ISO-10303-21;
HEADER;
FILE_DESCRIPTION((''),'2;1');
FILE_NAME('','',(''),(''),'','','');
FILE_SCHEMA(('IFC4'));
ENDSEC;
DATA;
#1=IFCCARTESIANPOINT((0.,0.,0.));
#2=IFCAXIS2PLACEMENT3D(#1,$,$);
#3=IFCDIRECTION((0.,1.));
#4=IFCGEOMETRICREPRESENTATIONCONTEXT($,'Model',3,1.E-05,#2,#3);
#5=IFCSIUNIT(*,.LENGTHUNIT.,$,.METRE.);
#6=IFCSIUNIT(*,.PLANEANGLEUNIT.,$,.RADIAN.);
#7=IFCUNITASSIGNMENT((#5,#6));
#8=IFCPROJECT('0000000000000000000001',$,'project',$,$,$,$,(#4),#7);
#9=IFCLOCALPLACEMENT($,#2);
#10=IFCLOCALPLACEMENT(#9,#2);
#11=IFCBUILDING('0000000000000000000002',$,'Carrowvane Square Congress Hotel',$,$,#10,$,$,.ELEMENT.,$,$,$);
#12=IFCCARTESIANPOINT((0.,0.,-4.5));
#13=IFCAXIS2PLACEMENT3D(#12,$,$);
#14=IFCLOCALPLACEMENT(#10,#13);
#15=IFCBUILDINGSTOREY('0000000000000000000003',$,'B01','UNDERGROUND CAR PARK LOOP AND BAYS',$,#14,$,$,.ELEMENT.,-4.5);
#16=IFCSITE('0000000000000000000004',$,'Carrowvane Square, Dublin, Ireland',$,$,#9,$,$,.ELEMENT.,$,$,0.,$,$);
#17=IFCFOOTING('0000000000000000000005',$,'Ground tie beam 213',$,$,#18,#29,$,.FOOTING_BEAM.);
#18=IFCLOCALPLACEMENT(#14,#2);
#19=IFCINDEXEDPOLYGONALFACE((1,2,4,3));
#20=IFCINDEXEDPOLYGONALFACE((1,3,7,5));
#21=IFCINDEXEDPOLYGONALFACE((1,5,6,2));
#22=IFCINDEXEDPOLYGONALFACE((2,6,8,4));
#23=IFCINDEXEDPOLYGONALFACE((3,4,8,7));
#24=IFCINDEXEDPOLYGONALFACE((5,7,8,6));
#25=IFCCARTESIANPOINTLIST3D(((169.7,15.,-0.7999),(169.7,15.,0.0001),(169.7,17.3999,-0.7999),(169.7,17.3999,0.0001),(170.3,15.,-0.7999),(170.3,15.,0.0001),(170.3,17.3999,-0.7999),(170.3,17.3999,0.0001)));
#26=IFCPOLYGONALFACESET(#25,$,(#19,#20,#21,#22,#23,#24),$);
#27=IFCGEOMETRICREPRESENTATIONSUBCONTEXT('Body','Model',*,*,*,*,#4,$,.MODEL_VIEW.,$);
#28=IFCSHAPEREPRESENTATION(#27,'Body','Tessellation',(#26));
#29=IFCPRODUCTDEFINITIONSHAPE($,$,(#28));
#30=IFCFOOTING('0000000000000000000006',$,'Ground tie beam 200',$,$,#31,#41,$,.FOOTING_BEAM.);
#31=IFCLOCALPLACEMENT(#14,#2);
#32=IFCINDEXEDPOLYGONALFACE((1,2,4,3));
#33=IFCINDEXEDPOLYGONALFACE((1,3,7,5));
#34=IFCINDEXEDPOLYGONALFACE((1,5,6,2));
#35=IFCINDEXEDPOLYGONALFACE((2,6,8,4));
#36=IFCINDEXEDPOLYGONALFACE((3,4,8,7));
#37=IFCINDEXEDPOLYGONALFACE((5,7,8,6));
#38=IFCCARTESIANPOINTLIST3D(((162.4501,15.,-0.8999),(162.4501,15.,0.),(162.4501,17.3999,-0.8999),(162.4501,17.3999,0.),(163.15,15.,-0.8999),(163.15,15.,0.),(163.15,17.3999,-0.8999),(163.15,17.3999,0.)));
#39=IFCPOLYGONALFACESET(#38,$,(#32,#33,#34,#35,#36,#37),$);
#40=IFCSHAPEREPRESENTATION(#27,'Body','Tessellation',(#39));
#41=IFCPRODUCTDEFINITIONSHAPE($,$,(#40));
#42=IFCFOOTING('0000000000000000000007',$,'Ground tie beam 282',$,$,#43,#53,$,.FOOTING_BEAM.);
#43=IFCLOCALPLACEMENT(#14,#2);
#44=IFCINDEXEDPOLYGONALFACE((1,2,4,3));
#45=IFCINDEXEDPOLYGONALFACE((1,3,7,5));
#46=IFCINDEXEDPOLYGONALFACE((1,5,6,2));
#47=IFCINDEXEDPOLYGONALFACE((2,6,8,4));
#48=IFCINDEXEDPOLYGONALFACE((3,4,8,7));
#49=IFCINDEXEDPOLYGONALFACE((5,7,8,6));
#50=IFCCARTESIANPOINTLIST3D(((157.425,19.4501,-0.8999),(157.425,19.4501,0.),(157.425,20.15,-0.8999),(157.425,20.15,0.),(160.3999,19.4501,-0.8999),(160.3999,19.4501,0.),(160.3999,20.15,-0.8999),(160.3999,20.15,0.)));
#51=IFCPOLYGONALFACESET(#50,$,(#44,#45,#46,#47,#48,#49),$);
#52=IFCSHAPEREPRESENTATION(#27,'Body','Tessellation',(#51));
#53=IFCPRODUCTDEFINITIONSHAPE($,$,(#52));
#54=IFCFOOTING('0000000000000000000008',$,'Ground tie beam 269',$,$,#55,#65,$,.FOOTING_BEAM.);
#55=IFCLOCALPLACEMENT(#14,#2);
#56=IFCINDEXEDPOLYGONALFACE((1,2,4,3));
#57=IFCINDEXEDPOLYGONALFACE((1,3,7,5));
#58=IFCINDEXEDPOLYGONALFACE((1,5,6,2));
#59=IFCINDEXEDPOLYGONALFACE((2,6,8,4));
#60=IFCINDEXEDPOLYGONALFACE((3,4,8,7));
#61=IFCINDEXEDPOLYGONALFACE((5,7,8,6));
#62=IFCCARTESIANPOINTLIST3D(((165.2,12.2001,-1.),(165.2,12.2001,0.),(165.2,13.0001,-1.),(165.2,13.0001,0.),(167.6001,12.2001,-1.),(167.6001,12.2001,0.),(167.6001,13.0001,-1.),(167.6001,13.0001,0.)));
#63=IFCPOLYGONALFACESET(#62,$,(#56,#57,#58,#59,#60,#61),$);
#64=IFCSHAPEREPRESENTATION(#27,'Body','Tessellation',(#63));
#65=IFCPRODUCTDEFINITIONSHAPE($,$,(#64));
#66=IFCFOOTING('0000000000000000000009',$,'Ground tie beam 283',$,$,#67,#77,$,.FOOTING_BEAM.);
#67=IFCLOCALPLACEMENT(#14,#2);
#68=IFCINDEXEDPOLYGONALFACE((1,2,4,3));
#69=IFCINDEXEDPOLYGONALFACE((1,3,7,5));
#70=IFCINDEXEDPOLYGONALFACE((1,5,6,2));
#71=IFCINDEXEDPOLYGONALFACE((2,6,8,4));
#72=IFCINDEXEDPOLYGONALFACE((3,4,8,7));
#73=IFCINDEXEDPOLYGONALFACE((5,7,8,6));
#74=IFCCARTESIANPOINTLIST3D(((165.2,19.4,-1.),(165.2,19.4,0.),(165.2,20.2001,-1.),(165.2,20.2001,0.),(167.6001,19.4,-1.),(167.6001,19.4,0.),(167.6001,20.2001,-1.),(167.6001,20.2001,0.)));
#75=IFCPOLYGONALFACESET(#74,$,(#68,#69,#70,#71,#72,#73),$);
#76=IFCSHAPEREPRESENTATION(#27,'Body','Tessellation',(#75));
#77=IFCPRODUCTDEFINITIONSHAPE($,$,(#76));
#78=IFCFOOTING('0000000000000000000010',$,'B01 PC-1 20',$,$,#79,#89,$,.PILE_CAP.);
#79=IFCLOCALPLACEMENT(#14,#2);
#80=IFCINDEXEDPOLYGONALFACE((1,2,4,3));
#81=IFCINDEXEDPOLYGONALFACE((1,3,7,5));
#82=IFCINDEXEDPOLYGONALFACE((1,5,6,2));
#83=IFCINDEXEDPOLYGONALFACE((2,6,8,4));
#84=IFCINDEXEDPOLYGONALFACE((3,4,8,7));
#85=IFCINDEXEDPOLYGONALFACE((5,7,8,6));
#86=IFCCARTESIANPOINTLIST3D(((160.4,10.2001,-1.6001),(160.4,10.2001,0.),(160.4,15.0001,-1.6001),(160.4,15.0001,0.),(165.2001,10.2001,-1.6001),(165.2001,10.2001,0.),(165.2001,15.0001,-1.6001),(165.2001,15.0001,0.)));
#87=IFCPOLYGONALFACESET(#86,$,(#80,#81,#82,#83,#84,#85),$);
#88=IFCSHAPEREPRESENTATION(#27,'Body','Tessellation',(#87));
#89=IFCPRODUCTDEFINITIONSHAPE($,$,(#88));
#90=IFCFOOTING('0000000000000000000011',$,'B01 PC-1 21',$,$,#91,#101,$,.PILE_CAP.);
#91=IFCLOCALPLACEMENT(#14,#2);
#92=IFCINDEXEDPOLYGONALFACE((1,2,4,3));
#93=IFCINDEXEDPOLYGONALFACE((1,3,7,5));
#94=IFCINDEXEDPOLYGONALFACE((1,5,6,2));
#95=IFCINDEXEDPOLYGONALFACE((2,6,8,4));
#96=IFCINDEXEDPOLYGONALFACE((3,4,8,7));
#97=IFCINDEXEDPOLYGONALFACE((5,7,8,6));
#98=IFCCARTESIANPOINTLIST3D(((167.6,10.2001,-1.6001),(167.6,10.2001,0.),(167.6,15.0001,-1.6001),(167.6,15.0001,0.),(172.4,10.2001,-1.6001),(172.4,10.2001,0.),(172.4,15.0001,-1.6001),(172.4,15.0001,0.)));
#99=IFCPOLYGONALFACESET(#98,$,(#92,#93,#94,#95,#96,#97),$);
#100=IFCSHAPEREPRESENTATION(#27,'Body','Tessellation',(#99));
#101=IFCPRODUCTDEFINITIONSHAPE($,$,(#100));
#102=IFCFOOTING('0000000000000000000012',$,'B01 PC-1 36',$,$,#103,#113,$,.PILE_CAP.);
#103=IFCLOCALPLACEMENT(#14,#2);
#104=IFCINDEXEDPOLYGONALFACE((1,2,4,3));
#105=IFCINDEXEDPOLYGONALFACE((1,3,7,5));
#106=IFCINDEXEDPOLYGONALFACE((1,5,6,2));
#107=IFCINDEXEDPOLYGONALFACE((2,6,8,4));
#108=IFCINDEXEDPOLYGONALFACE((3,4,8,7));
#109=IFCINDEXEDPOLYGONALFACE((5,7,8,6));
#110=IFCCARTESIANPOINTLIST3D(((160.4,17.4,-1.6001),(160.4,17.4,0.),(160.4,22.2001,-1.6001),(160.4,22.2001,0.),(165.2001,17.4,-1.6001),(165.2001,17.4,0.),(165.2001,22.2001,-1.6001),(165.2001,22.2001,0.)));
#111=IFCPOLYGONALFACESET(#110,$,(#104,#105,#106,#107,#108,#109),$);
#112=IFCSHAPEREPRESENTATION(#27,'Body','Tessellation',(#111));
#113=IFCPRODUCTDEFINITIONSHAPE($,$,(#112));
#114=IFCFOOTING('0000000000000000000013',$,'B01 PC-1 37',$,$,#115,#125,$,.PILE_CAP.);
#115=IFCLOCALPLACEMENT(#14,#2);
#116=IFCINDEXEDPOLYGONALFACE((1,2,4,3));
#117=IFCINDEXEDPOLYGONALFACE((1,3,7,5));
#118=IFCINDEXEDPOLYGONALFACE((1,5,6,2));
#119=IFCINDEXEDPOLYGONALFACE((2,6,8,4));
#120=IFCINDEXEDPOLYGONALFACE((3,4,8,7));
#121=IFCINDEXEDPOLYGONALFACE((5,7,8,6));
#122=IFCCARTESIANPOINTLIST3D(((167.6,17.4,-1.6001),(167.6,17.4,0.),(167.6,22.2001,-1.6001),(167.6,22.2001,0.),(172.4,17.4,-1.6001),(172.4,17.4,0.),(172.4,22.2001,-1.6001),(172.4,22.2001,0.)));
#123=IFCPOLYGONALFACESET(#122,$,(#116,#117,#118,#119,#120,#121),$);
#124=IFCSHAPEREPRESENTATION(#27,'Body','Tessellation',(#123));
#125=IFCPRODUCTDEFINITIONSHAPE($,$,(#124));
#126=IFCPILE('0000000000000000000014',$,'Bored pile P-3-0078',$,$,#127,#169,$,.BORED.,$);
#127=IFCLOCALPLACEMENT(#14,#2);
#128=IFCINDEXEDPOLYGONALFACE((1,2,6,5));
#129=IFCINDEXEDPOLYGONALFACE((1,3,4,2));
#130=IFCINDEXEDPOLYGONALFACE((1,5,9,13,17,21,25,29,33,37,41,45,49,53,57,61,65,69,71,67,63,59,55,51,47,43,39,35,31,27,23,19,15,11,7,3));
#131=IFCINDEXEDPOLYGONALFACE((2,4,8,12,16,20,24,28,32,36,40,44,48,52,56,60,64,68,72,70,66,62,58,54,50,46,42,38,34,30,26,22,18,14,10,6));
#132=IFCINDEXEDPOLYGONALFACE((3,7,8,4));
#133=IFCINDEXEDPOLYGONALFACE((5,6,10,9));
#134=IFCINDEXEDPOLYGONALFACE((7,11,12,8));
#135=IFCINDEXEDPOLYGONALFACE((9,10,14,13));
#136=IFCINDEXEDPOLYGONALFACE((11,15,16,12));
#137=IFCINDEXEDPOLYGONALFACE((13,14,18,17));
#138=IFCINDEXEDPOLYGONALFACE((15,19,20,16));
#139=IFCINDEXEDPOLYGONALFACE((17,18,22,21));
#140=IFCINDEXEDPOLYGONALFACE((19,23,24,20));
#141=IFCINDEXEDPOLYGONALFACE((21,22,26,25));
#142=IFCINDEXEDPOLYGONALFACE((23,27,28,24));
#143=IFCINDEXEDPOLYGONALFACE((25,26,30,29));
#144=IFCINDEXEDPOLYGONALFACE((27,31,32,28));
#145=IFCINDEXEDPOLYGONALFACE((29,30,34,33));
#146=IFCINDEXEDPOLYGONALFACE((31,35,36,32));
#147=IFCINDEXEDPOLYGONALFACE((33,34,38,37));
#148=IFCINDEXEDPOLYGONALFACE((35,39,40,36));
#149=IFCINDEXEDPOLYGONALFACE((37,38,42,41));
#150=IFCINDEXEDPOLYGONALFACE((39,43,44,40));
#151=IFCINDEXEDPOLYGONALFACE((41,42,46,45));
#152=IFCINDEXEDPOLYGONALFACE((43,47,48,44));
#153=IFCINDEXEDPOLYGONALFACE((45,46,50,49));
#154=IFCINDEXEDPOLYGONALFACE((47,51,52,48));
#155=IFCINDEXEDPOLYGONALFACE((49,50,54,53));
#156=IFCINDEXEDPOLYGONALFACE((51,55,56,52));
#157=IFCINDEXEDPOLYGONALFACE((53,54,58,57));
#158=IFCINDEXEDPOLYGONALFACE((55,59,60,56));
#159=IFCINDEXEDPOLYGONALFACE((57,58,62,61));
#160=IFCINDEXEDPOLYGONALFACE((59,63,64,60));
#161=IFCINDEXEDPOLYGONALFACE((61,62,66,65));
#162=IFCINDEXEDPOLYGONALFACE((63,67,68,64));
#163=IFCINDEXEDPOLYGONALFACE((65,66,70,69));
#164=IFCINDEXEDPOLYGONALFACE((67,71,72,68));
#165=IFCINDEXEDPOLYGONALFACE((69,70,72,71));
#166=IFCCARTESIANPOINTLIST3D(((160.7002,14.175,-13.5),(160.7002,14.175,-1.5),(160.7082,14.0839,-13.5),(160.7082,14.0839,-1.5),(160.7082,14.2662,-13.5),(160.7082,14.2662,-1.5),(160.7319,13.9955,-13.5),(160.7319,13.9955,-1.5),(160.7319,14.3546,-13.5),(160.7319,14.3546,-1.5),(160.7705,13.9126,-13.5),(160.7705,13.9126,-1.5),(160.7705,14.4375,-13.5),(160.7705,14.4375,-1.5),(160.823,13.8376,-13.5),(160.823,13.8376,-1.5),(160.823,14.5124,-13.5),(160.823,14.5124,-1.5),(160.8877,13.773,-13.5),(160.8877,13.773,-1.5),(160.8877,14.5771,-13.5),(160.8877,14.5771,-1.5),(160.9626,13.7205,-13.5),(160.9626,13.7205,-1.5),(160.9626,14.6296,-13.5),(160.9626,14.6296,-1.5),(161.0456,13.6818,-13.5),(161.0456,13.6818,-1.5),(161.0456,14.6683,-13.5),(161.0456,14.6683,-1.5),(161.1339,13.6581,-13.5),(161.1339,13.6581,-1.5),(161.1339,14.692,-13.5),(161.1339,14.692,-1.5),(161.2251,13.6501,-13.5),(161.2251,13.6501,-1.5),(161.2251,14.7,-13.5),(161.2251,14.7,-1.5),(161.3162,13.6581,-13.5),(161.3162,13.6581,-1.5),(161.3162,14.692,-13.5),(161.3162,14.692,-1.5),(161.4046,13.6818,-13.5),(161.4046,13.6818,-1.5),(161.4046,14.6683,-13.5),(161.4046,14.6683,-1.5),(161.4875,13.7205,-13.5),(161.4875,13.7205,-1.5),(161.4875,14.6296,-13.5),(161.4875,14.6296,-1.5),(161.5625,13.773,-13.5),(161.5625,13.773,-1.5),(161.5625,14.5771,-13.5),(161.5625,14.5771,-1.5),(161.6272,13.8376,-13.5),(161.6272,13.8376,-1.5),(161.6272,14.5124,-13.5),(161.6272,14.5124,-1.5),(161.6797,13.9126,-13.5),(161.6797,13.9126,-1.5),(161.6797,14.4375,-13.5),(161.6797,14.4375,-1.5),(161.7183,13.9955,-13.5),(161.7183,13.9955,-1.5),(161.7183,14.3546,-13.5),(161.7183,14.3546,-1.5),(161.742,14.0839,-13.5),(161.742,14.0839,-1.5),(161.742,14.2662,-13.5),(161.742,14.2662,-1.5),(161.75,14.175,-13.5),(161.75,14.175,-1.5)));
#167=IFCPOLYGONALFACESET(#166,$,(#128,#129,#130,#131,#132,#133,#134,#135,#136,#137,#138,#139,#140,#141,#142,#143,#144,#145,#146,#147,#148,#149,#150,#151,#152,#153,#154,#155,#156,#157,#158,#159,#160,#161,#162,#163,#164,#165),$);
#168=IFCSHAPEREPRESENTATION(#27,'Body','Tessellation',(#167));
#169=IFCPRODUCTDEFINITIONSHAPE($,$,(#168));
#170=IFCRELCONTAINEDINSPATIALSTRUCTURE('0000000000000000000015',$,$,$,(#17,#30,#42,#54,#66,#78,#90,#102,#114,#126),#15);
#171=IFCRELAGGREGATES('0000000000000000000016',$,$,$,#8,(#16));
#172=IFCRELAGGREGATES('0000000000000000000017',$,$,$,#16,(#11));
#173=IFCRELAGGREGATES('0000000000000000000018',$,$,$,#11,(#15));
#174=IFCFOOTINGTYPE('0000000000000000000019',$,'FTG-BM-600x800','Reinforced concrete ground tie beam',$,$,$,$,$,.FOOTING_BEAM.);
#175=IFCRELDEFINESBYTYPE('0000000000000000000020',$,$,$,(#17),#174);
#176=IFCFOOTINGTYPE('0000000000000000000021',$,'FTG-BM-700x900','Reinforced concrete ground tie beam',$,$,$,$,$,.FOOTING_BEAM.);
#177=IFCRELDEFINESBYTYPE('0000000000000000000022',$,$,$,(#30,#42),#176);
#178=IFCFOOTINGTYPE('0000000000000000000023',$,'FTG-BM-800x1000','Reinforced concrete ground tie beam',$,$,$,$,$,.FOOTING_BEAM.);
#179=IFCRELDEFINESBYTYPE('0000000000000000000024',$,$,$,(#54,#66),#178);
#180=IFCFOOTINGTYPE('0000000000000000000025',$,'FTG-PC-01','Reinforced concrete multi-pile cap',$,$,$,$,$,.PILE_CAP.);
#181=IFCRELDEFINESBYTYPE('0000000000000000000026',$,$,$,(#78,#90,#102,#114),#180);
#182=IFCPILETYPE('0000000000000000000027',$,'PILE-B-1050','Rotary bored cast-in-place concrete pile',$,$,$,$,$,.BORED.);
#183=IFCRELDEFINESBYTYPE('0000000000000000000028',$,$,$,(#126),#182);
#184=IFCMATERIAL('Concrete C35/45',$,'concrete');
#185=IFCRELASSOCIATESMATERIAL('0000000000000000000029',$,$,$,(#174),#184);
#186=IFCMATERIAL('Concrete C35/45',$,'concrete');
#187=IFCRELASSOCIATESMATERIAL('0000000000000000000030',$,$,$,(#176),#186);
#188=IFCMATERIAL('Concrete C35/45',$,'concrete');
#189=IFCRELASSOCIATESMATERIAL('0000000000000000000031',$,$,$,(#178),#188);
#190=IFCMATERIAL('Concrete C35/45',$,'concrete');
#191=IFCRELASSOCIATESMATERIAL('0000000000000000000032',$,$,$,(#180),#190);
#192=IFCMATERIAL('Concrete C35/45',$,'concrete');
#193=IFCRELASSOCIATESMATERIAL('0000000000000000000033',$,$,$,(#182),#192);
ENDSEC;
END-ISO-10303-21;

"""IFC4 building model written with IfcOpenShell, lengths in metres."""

from ifc_helpers import new_model, si_unit, direction, frame, origin, origin_2d, place, context, subcontext, project, spatial, rectangle, circle, extrude, material, material_profile, profile_set, type_object, element, save


model = new_model("IFC4")

# Units and contexts
model_context = context("Model", 3, precision=1e-05, world=origin(), true_north=direction((0.0, 1.0)))
body_context = subcontext(model_context, "Body", "Model", "MODEL_VIEW")
ifc_project = project(units=[si_unit("LENGTHUNIT", "METRE"), si_unit("PLANEANGLEUNIT", "RADIAN")], contexts=[model_context])

# Site, building, storey
site_placement = place(None, origin())
site = spatial("IfcSite", under=ifc_project, at=site_placement, Name="Carrowvane Square, Dublin, Ireland", CompositionType="ELEMENT", RefElevation=0.0)
building_placement = place(site_placement, origin())
building = spatial("IfcBuilding", under=site, at=building_placement, Name="Carrowvane Square Congress Hotel", CompositionType="ELEMENT")
storey_placement = place(building_placement, frame((0.0, 0.0, -4.5)))
storey = spatial("IfcBuildingStorey", under=building, at=storey_placement, Name="B01", Description="UNDERGROUND CAR PARK LOOP AND BAYS", CompositionType="ELEMENT", Elevation=-4.5)

# Footings
ifc_material_1 = material(Name="Concrete C35/45", Category="concrete")
ifc_material_profile_1 = material_profile(ifc_material_1, rectangle(XDim=0.6001, YDim=0.8, at=origin_2d()), Name="RC 600x800")
ifc_profile_set_1 = profile_set([ifc_material_profile_1], Name="Concrete C35/45")
footing_type_1 = type_object("IfcFootingType", Name="FTG-BM-600x800", Description="Reinforced concrete ground tie beam", PredefinedType="FOOTING_BEAM", material=ifc_profile_set_1)
footing_1_placement = place(storey_placement, frame((170.0, 15.0, -0.3999), z_axis=(0.0, 1.0, 0.0), x_axis=(-1.0, 0.0, 0.0)))
element("IfcFooting", 1, at=footing_1_placement, inside=storey, type_object=footing_type_1, Name="Ground tie beam 213", PredefinedType="FOOTING_BEAM", context=body_context, shape_type="SweptSolid", body=[
    extrude(rectangle(XDim=0.6001, YDim=0.8, at=origin_2d()), origin(), (0.0, 0.0, 1.0), 2.3999),
])
ifc_material_2 = material(Name="Concrete C35/45", Category="concrete")
ifc_material_profile_2 = material_profile(ifc_material_2, rectangle(XDim=0.7, YDim=0.8999, at=origin_2d()), Name="RC 700x900")
ifc_profile_set_2 = profile_set([ifc_material_profile_2], Name="Concrete C35/45")
footing_type_2 = type_object("IfcFootingType", Name="FTG-BM-700x900", Description="Reinforced concrete ground tie beam", PredefinedType="FOOTING_BEAM", material=ifc_profile_set_2)
footing_2_placement = place(storey_placement, frame((162.8, 15.0, -0.45), z_axis=(0.0, 1.0, 0.0), x_axis=(-1.0, 0.0, 0.0)))
element("IfcFooting", 2, at=footing_2_placement, inside=storey, type_object=footing_type_2, Name="Ground tie beam 200", PredefinedType="FOOTING_BEAM", context=body_context, shape_type="SweptSolid", body=[
    extrude(rectangle(XDim=0.7, YDim=0.8999, at=origin_2d()), origin(), (0.0, 0.0, 1.0), 2.3999),
])
footing_3_placement = place(storey_placement, frame((157.425, 19.8, -0.45), z_axis=(1.0, 0.0, 0.0), x_axis=(0.0, 1.0, 0.0)))
element("IfcFooting", 3, at=footing_3_placement, inside=storey, type_object=footing_type_2, Name="Ground tie beam 282", PredefinedType="FOOTING_BEAM", context=body_context, shape_type="SweptSolid", body=[
    extrude(rectangle(XDim=0.7, YDim=0.8999, at=origin_2d()), origin(), (0.0, 0.0, 1.0), 2.9749),
])
ifc_material_3 = material(Name="Concrete C35/45", Category="concrete")
ifc_material_profile_3 = material_profile(ifc_material_3, rectangle(XDim=0.8, YDim=1.0, at=origin_2d()), Name="RC 800x1000")
ifc_profile_set_3 = profile_set([ifc_material_profile_3], Name="Concrete C35/45")
footing_type_3 = type_object("IfcFootingType", Name="FTG-BM-800x1000", Description="Reinforced concrete ground tie beam", PredefinedType="FOOTING_BEAM", material=ifc_profile_set_3)
for number, where, z_axis, x_axis, name in (
    (4, (165.2, 12.6001, -0.5), (1.0, 0.0, 0.0), (0.0, 1.0, 0.0), "Ground tie beam 269"),
    (5, (165.2, 19.8, -0.5), (1.0, 0.0, 0.0), (0.0, 1.0, 0.0), "Ground tie beam 283"),
):
    element("IfcFooting", number, at=place(storey_placement, frame(where, z_axis=z_axis, x_axis=x_axis)), inside=storey, type_object=footing_type_3, Name=name, PredefinedType="FOOTING_BEAM", context=body_context, shape_type="SweptSolid", body=[
        extrude(rectangle(XDim=0.8, YDim=1.0, at=origin_2d()), origin(), (0.0, 0.0, 1.0), 2.4001),
    ])
ifc_material_4 = material(Name="Concrete C35/45", Category="concrete")
footing_type_4 = type_object("IfcFootingType", Name="FTG-PC-01", Description="Reinforced concrete multi-pile cap", PredefinedType="PILE_CAP", material=ifc_material_4)
for number, where, z_axis, x_axis, name in (
    (6, (162.8, 12.6001, -1.6001), (0.0, 0.0, 1.0), (1.0, 0.0, 0.0), "B01 PC-1 20"),
    (7, (170.0, 12.6001, -1.6001), (0.0, 0.0, 1.0), (1.0, 0.0, 0.0), "B01 PC-1 21"),
    (8, (162.8, 19.8, -1.6001), (0.0, 0.0, 1.0), (1.0, 0.0, 0.0), "B01 PC-1 36"),
    (9, (170.0, 19.8, -1.6001), (0.0, 0.0, 1.0), (1.0, 0.0, 0.0), "B01 PC-1 37"),
):
    element("IfcFooting", number, at=place(storey_placement, frame(where, z_axis=z_axis, x_axis=x_axis)), inside=storey, type_object=footing_type_4, Name=name, PredefinedType="PILE_CAP", context=body_context, shape_type="SweptSolid", body=[
        extrude(rectangle(XDim=4.8, YDim=4.8, at=origin_2d()), origin(), (0.0, 0.0, 1.0), 1.6001),
    ])

# Pile
ifc_material_5 = material(Name="Concrete C35/45", Category="concrete")
ifc_material_profile_4 = material_profile(ifc_material_5, circle(Radius=0.5249, at=origin_2d()), Name="PILE D1050")
ifc_profile_set_4 = profile_set([ifc_material_profile_4], Name="Concrete C35/45")
pile_type = type_object("IfcPileType", Name="PILE-B-1050", Description="Rotary bored cast-in-place concrete pile", PredefinedType="BORED", material=ifc_profile_set_4)
for number, where, z_axis, x_axis, name in (
    (10, (161.2251, 14.175, -1.5), (0.0, 0.0, -1.0), (1.0, 0.0, 0.0), "Bored pile P-3-0078"),
):
    element("IfcPile", number, at=place(storey_placement, frame(where, z_axis=z_axis, x_axis=x_axis)), inside=storey, type_object=pile_type, Name=name, PredefinedType="BORED", context=body_context, shape_type="SweptSolid", body=[
        extrude(circle(Radius=0.5249, at=origin_2d()), origin(), (0.0, 0.0, 1.0), 12.0),
    ])

save(model, "model.ifc")
